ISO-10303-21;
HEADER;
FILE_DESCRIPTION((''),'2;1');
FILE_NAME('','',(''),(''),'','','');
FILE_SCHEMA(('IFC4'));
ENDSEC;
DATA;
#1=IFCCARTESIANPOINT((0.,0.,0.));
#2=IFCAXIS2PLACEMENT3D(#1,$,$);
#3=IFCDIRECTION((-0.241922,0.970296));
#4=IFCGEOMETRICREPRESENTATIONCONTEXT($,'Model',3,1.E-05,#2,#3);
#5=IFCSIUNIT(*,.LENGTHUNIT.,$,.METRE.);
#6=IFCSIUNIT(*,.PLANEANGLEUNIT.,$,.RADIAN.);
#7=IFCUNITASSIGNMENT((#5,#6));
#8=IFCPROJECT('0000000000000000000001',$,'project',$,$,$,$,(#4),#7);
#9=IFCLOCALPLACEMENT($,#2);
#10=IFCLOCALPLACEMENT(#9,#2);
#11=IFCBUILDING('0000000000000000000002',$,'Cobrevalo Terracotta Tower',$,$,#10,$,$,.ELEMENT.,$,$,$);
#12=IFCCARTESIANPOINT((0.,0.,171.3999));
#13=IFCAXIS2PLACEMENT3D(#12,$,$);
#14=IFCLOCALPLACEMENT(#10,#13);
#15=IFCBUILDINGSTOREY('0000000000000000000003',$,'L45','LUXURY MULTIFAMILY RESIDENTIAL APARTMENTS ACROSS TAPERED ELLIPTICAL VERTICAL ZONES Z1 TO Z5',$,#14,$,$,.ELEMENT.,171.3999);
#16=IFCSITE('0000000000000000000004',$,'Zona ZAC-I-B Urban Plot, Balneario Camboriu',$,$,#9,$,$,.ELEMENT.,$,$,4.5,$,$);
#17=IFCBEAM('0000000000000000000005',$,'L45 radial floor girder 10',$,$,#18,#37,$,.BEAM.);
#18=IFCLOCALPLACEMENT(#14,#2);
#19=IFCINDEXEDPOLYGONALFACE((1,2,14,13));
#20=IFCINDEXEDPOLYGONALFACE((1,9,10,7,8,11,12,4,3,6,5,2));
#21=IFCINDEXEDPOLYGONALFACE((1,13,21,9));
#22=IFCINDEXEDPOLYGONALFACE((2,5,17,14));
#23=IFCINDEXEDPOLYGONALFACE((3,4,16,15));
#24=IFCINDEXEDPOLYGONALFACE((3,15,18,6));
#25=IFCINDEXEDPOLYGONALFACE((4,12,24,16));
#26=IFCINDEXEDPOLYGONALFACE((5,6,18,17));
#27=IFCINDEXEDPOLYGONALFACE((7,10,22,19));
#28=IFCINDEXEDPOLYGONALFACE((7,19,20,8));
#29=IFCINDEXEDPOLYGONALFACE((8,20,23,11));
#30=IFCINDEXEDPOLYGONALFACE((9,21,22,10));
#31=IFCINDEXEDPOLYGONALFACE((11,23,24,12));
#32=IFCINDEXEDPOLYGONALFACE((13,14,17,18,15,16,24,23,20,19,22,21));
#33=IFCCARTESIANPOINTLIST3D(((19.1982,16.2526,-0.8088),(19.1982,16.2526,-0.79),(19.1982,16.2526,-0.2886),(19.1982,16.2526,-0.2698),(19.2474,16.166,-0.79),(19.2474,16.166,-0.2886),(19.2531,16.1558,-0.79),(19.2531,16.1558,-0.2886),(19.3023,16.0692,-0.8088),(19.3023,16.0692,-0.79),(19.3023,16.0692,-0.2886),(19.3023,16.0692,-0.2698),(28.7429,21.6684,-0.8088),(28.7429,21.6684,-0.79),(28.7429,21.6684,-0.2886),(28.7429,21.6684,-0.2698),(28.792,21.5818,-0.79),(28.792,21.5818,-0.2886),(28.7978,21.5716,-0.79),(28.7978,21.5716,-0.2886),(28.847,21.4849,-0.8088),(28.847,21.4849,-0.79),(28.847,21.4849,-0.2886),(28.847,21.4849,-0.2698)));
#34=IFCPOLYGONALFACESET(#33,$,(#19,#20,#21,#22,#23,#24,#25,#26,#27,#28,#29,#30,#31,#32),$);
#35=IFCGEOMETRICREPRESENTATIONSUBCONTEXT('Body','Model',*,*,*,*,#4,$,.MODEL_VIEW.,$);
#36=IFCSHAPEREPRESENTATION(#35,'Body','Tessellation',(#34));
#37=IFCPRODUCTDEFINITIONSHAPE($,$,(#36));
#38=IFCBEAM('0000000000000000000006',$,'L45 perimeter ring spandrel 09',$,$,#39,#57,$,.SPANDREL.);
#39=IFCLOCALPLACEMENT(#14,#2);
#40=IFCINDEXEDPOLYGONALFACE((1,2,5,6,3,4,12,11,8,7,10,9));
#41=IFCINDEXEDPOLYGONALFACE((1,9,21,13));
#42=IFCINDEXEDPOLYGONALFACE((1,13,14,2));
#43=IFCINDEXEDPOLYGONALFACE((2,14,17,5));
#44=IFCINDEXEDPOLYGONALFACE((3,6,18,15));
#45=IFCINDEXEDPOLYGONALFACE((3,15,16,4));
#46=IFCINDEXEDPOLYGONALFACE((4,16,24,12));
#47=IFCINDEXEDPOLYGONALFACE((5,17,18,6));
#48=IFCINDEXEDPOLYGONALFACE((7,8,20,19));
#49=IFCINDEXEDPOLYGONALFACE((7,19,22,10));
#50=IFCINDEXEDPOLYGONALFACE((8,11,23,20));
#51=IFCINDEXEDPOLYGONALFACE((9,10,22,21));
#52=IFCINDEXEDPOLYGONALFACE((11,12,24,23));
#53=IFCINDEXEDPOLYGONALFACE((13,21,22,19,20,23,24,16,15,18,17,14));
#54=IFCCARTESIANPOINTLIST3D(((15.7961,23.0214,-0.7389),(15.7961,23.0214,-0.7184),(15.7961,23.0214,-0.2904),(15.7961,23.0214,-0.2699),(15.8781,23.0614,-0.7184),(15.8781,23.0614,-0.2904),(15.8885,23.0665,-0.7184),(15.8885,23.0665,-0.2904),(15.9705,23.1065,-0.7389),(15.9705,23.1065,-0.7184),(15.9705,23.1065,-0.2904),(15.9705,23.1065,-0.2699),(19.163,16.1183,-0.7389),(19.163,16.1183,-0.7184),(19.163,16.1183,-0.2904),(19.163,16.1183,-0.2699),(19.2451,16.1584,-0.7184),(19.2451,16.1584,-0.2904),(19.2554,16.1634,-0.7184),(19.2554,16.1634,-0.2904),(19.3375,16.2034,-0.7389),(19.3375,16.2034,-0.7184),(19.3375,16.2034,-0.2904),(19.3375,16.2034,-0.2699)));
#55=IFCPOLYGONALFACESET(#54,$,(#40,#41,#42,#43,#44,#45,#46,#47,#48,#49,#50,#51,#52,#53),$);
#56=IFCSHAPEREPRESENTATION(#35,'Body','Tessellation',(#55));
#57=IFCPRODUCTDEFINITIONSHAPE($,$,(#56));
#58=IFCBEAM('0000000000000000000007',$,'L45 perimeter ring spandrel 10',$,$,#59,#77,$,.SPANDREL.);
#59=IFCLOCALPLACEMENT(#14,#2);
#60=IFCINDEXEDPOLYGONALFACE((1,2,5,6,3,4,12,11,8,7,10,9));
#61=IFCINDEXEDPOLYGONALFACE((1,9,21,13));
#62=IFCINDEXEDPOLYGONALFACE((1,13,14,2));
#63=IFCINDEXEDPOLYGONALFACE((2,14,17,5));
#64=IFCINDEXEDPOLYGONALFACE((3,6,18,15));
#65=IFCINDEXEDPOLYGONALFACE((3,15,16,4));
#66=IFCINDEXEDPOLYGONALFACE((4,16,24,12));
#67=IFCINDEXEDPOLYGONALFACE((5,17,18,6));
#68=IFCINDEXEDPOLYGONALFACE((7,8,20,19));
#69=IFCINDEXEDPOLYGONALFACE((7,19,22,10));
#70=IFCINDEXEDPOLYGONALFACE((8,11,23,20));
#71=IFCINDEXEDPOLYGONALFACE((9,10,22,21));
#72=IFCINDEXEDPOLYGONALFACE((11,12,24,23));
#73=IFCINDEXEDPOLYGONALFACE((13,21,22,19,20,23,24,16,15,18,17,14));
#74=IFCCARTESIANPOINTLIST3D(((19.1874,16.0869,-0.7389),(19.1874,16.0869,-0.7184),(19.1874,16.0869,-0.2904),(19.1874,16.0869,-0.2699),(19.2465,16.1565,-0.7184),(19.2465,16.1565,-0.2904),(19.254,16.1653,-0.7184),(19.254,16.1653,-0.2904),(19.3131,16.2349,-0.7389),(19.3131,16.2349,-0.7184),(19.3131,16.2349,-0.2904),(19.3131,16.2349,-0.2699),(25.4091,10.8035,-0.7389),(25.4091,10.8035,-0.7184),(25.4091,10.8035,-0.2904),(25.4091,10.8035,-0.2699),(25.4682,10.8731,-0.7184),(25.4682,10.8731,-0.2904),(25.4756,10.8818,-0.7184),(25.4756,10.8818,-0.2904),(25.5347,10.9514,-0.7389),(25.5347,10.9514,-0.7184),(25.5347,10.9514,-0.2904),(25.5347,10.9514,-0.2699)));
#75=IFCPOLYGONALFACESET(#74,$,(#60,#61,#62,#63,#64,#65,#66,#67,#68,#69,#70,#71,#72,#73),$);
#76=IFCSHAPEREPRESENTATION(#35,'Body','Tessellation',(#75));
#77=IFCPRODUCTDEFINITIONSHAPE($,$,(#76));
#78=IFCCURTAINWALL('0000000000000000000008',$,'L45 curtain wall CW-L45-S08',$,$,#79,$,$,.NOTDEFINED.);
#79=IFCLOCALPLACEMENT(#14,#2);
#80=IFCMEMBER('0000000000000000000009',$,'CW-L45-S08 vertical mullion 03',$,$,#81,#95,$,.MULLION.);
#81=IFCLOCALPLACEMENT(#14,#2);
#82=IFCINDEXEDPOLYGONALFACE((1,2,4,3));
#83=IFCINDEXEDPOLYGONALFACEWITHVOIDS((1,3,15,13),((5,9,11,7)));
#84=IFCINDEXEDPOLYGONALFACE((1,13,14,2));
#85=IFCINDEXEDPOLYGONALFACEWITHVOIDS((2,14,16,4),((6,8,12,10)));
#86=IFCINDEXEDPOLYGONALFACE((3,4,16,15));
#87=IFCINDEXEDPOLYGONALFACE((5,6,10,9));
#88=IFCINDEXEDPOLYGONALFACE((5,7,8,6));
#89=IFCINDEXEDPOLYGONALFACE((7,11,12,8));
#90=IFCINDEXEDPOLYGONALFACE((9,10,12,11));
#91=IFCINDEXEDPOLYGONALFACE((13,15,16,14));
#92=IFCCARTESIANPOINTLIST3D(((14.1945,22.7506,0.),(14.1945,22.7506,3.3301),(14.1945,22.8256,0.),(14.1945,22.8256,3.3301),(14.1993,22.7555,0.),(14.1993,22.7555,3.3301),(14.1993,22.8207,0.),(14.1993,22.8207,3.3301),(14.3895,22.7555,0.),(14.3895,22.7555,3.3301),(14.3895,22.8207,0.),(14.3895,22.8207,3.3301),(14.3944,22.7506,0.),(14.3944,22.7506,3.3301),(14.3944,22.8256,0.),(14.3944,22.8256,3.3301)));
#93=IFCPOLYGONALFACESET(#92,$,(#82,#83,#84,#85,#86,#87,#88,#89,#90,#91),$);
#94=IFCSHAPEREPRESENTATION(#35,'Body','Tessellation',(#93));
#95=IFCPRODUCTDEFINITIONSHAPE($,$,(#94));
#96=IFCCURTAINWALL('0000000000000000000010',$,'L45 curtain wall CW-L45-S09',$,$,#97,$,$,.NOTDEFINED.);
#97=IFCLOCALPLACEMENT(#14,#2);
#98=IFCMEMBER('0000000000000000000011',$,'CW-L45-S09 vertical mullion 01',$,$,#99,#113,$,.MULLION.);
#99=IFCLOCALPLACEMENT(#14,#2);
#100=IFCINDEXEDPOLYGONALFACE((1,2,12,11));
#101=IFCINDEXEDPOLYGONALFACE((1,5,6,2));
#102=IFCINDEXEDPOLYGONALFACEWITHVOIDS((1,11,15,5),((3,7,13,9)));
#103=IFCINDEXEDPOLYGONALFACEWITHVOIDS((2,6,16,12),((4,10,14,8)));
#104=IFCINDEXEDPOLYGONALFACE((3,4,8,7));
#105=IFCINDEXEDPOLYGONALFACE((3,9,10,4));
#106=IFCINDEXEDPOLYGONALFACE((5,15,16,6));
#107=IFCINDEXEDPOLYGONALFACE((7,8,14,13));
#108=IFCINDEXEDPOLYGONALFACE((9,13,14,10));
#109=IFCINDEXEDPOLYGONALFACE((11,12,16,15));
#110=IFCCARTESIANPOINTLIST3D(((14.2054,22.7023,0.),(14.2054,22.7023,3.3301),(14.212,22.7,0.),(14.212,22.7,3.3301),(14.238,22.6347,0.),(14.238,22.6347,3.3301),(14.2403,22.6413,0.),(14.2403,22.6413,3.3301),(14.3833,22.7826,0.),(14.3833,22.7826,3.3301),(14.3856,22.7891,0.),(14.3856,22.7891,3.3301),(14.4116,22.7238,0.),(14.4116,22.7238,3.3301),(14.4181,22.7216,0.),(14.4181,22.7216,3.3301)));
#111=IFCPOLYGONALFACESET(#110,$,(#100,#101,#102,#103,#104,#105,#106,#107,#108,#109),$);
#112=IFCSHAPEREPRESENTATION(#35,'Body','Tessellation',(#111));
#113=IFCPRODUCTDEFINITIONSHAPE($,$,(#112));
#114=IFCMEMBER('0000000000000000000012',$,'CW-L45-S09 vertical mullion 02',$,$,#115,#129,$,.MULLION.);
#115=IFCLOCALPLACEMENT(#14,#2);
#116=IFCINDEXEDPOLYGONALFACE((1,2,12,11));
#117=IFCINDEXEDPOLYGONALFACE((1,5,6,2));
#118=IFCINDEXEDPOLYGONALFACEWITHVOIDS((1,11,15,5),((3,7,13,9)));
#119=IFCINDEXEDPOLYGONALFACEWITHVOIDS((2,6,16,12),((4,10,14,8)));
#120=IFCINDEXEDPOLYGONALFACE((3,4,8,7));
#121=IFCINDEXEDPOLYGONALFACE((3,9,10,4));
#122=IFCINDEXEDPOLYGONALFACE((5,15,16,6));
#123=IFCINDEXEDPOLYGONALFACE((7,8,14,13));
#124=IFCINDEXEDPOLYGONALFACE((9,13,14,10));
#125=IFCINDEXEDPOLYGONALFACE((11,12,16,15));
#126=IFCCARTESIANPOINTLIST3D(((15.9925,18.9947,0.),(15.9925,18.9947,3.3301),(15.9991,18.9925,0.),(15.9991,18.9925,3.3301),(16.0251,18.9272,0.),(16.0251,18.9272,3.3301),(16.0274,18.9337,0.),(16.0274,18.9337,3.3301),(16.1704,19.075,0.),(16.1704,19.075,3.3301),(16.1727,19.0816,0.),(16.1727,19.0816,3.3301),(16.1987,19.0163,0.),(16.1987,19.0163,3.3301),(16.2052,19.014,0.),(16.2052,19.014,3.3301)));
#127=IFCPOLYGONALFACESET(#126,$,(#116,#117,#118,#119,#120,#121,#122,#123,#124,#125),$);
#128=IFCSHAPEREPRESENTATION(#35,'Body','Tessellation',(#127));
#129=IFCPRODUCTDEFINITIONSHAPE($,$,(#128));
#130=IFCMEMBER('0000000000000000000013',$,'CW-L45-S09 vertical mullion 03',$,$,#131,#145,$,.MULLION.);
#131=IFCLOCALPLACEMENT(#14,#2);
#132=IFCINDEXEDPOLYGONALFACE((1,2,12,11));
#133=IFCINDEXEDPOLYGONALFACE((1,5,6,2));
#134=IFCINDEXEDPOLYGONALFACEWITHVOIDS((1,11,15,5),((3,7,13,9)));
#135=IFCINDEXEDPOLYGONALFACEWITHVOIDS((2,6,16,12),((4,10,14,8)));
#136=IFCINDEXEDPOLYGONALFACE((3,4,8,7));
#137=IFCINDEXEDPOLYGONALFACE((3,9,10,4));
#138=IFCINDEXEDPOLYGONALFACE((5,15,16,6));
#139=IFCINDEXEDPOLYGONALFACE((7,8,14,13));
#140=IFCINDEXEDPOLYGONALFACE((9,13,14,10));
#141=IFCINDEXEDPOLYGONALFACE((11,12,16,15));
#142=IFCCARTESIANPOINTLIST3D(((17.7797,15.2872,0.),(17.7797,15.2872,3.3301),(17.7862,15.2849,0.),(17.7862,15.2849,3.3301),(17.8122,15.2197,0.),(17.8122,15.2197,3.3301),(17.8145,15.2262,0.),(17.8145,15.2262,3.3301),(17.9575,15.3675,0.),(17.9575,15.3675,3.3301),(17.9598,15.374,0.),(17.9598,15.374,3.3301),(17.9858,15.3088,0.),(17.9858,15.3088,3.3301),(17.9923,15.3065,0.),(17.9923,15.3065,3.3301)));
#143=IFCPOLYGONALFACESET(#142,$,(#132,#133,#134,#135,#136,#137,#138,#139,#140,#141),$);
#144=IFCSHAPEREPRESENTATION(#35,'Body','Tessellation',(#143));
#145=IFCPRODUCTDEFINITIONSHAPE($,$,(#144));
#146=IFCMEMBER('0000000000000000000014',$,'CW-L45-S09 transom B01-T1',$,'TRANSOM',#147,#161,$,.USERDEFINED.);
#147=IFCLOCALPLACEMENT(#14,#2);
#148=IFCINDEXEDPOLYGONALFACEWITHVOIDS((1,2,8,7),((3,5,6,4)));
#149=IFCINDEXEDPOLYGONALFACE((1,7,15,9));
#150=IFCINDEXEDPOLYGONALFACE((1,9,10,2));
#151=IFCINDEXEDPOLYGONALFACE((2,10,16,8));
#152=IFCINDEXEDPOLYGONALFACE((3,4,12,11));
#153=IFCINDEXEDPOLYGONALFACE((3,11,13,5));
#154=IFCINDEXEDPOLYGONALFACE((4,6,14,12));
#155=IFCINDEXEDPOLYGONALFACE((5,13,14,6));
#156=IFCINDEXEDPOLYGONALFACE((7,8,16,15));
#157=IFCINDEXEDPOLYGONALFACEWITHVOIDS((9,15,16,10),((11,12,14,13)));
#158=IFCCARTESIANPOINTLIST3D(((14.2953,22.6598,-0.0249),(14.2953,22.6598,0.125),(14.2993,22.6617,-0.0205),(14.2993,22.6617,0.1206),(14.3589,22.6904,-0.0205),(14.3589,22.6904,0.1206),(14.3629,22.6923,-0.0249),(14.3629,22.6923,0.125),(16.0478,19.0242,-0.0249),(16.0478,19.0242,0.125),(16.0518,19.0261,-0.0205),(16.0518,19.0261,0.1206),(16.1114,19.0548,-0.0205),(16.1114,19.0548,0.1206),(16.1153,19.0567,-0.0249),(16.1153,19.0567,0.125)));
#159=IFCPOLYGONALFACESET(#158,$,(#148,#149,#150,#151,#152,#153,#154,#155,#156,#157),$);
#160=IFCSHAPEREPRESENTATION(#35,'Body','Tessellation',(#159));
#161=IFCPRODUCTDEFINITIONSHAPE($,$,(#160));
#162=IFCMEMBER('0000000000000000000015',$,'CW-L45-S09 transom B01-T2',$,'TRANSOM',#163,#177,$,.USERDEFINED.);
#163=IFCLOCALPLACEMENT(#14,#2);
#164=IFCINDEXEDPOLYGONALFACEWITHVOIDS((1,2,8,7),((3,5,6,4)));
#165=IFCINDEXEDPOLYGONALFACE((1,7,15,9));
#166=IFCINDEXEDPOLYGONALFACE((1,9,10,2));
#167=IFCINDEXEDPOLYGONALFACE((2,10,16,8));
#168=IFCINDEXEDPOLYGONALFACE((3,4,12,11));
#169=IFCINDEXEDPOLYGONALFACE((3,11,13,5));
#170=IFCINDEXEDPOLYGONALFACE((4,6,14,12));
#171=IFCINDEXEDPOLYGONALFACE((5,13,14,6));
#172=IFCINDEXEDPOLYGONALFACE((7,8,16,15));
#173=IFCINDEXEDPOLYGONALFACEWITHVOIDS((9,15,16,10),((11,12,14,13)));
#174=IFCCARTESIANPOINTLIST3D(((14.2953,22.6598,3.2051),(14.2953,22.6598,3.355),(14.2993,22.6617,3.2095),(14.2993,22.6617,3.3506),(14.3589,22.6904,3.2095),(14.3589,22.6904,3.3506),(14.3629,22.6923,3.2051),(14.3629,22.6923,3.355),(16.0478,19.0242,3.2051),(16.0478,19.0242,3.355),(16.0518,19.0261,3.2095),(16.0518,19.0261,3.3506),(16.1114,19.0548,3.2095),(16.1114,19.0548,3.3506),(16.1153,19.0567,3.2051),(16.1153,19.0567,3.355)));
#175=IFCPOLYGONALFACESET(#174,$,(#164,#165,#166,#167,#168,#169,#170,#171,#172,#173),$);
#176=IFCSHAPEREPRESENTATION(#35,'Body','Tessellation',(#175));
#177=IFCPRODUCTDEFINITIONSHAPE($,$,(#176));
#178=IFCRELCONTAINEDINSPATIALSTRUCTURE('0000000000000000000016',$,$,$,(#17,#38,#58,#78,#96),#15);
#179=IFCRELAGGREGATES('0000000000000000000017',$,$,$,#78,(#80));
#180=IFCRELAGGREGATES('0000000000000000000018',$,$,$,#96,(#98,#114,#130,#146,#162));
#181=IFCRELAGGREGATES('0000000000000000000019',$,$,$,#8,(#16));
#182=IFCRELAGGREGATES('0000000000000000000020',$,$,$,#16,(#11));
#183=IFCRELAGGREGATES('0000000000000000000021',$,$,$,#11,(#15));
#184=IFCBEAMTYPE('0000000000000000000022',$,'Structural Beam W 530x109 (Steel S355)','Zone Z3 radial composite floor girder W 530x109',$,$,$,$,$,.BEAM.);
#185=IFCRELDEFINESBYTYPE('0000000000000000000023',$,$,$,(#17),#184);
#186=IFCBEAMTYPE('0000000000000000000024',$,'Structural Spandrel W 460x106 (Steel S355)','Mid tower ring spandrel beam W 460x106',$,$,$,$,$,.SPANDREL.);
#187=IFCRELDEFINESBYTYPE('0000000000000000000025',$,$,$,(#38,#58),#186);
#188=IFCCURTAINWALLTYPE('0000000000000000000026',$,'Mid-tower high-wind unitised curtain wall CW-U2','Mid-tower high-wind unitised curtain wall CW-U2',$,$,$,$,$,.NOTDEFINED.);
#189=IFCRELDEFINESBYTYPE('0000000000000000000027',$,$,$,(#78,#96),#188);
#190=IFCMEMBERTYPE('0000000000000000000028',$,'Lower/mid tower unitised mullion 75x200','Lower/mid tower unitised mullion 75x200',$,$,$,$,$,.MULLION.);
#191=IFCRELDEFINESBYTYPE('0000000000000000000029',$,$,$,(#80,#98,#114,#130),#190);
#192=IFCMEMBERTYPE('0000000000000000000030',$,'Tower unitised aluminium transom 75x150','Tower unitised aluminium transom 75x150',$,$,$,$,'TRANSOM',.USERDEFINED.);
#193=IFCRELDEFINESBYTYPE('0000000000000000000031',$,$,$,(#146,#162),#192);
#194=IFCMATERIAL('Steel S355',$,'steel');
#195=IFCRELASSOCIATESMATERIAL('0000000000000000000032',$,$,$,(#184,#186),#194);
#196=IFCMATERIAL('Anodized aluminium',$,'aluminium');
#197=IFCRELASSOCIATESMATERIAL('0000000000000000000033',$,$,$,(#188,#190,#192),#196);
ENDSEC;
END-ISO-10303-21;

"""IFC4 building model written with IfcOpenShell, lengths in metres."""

from ifc_helpers import new_model, si_unit, direction, frame, origin, origin_2d, place, context, subcontext, project, spatial, hollow_rectangle, i_section, extrude, source, transform, mapped, material, material_profile, profile_set, type_object, element, aggregate, save


model = new_model("IFC4")

# Units and contexts
model_context = context("Model", 3, precision=1e-05, world=origin(), true_north=direction((-0.241922, 0.970296)))
body_context = subcontext(model_context, "Body", "Model", "MODEL_VIEW")
ifc_project = project(units=[si_unit("LENGTHUNIT", "METRE"), si_unit("PLANEANGLEUNIT", "RADIAN")], contexts=[model_context])

# Site, building, storey
site_placement = place(None, origin())
site = spatial("IfcSite", under=ifc_project, at=site_placement, Name="Zona ZAC-I-B Urban Plot, Balneario Camboriu", CompositionType="ELEMENT", RefElevation=4.5)
building_placement = place(site_placement, origin())
building = spatial("IfcBuilding", under=site, at=building_placement, Name="Cobrevalo Terracotta Tower", CompositionType="ELEMENT")
storey_placement = place(building_placement, frame((0.0, 0.0, 171.3999)))
storey = spatial("IfcBuildingStorey", under=building, at=storey_placement, Name="L45", Description="LUXURY MULTIFAMILY RESIDENTIAL APARTMENTS ACROSS TAPERED ELLIPTICAL VERTICAL ZONES Z1 TO Z5", CompositionType="ELEMENT", Elevation=171.3999)

# Shared definitions
ifc_material_1 = material(Name="Steel S355", Category="steel")

# Beams
ifc_material_profile_1 = material_profile(ifc_material_1, i_section(OverallWidth=0.2109, OverallDepth=0.5391, WebThickness=0.0117, FlangeThickness=0.0188, at=origin_2d()), Name="W 530x109")
ifc_profile_set_1 = profile_set([ifc_material_profile_1], Name="Steel S355")
beam_type_1 = type_object("IfcBeamType", Name="Structural Beam W 530x109 (Steel S355)", Description="Zone Z3 radial composite floor girder W 530x109", PredefinedType="BEAM", material=ifc_profile_set_1)
beam_1_placement = place(storey_placement, frame((19.2502, 16.1609, -0.5393), z_axis=(0.869744, 0.493504, 0.0), x_axis=(-0.493504, 0.869744, 0.0)))
element("IfcBeam", 1, at=beam_1_placement, inside=storey, type_object=beam_type_1, Name="L45 radial floor girder 10", PredefinedType="BEAM", context=body_context, shape_type="SweptSolid", body=[
    extrude(i_section(OverallWidth=0.2109, OverallDepth=0.5391, WebThickness=0.0117, FlangeThickness=0.0188, at=origin_2d()), origin(), (0.0, 0.0, 1.0), 10.9741),
])
ifc_material_profile_2 = material_profile(ifc_material_1, i_section(OverallWidth=0.1941, OverallDepth=0.469, WebThickness=0.0115, FlangeThickness=0.0205, at=origin_2d()), Name="W 460x106")
ifc_profile_set_2 = profile_set([ifc_material_profile_2], Name="Steel S355")
beam_type_2 = type_object("IfcBeamType", Name="Structural Spandrel W 460x106 (Steel S355)", Description="Mid tower ring spandrel beam W 460x106", PredefinedType="SPANDREL", material=ifc_profile_set_2)
beam_2_placement = place(storey_placement, frame((15.8833, 23.064, -0.5044), z_axis=(0.43838, -0.89879, 0.0), x_axis=(0.89879, 0.43838, 0.0)))
element("IfcBeam", 2, at=beam_2_placement, inside=storey, type_object=beam_type_2, Name="L45 perimeter ring spandrel 09", PredefinedType="SPANDREL", context=body_context, shape_type="SweptSolid", body=[
    extrude(i_section(OverallWidth=0.1941, OverallDepth=0.469, WebThickness=0.0115, FlangeThickness=0.0205, at=origin_2d()), origin(), (0.0, 0.0, 1.0), 7.6804),
])
beam_3_placement = place(storey_placement, frame((19.2502, 16.1609, -0.5044), z_axis=(0.76224, -0.647294, 0.0), x_axis=(0.647294, 0.76224, 0.0)))
element("IfcBeam", 3, at=beam_3_placement, inside=storey, type_object=beam_type_2, Name="L45 perimeter ring spandrel 10", PredefinedType="SPANDREL", context=body_context, shape_type="SweptSolid", body=[
    extrude(i_section(OverallWidth=0.1941, OverallDepth=0.469, WebThickness=0.0115, FlangeThickness=0.0205, at=origin_2d()), origin(), (0.0, 0.0, 1.0), 8.1624),
])

# Curtain wall, member
ifc_material_2 = material(Name="Anodized aluminium", Category="aluminium")
curtain_wall_type = type_object("IfcCurtainWallType", Name="Mid-tower high-wind unitised curtain wall CW-U2", Description="Mid-tower high-wind unitised curtain wall CW-U2", PredefinedType="NOTDEFINED", material=ifc_material_2)
curtain_wall_1_placement = place(storey_placement, origin())
curtain_wall_1 = element("IfcCurtainWall", 4, at=curtain_wall_1_placement, inside=storey, type_object=curtain_wall_type, Name="L45 curtain wall CW-L45-S08", PredefinedType="NOTDEFINED")
ifc_material_profile_3 = material_profile(ifc_material_2, hollow_rectangle(XDim=0.075, YDim=0.2, WallThickness=0.0049, at=origin_2d()), Name="CWM 75x200")
ifc_profile_set_3 = profile_set([ifc_material_profile_3], Name="Anodized aluminium")
member_type_1 = type_object("IfcMemberType", Name="Lower/mid tower unitised mullion 75x200", Description="Lower/mid tower unitised mullion 75x200", PredefinedType="MULLION", material=ifc_profile_set_3)
shared_shape_1 = source(origin(), body_context, "Body", "SweptSolid", [
    extrude(hollow_rectangle(XDim=0.075, YDim=0.2, WallThickness=0.0049, at=origin_2d()), origin(), (0.0, 0.0, 1.0), 3.3301),
])
member_1_placement = place(storey_placement, frame((14.2944, 22.7881, 0.0), z_axis=(0.0, 0.0, 1.0), x_axis=(0.0, -1.0, 0.0)))
member_1 = element("IfcMember", 5, at=member_1_placement, type_object=member_type_1, Name="CW-L45-S08 vertical mullion 03", PredefinedType="MULLION", context=body_context, shape_type="MappedRepresentation", body=[
    mapped(shared_shape_1, transform((0.0, 0.0, 0.0), scale=1.0)),
])
aggregate(curtain_wall_1, [member_1])

# Curtain wall, members
curtain_wall_2_placement = place(storey_placement, origin())
curtain_wall_2 = element("IfcCurtainWall", 6, at=curtain_wall_2_placement, inside=storey, type_object=curtain_wall_type, Name="L45 curtain wall CW-L45-S09", PredefinedType="NOTDEFINED")
member_2_placement = place(storey_placement, frame((14.3118, 22.7119, 0.0), z_axis=(0.0, 0.0, 1.0), x_axis=(0.434209, -0.900812, 0.0)))
member_2 = element("IfcMember", 7, at=member_2_placement, type_object=member_type_1, Name="CW-L45-S09 vertical mullion 01", PredefinedType="MULLION", context=body_context, shape_type="MappedRepresentation", body=[
    mapped(shared_shape_1, transform((0.0, 0.0, 0.0), scale=1.0)),
])
member_3_placement = place(storey_placement, frame((16.0989, 19.0044, 0.0), z_axis=(0.0, 0.0, 1.0), x_axis=(0.434209, -0.900812, 0.0)))
member_3 = element("IfcMember", 8, at=member_3_placement, type_object=member_type_1, Name="CW-L45-S09 vertical mullion 02", PredefinedType="MULLION", context=body_context, shape_type="MappedRepresentation", body=[
    mapped(shared_shape_1, transform((0.0, 0.0, 0.0), scale=1.0)),
])
member_4_placement = place(storey_placement, frame((17.886, 15.2969, 0.0), z_axis=(0.0, 0.0, 1.0), x_axis=(0.434209, -0.900812, 0.0)))
member_4 = element("IfcMember", 9, at=member_4_placement, type_object=member_type_1, Name="CW-L45-S09 vertical mullion 03", PredefinedType="MULLION", context=body_context, shape_type="MappedRepresentation", body=[
    mapped(shared_shape_1, transform((0.0, 0.0, 0.0), scale=1.0)),
])
ifc_material_profile_4 = material_profile(ifc_material_2, hollow_rectangle(XDim=0.075, YDim=0.1499, WallThickness=0.0044, at=origin_2d()), Name="CWT 75x150")
ifc_profile_set_4 = profile_set([ifc_material_profile_4], Name="Anodized aluminium")
member_type_2 = type_object("IfcMemberType", Name="Tower unitised aluminium transom 75x150", Description="Tower unitised aluminium transom 75x150", ElementType="TRANSOM", PredefinedType="USERDEFINED", material=ifc_profile_set_4)
shared_shape_2 = source(origin(), body_context, "Body", "SweptSolid", [
    extrude(hollow_rectangle(XDim=0.075, YDim=0.1499, WallThickness=0.0044, at=origin_2d()), origin(), (0.0, 0.0, 1.0), 4.0359),
])
member_5_placement = place(storey_placement, frame((14.3291, 22.676, 0.05), z_axis=(0.434221, -0.900806, 0.0), x_axis=(0.900806, 0.434221, 0.0)))
member_5 = element("IfcMember", 10, at=member_5_placement, type_object=member_type_2, Name="CW-L45-S09 transom B01-T1", ObjectType="TRANSOM", PredefinedType="USERDEFINED", context=body_context, shape_type="MappedRepresentation", body=[
    mapped(shared_shape_2, transform((0.0, 0.0, 0.0), scale=1.0)),
])
member_6_placement = place(storey_placement, frame((14.3291, 22.676, 3.28), z_axis=(0.434221, -0.900806, 0.0), x_axis=(0.900806, 0.434221, 0.0)))
member_6 = element("IfcMember", 11, at=member_6_placement, type_object=member_type_2, Name="CW-L45-S09 transom B01-T2", ObjectType="TRANSOM", PredefinedType="USERDEFINED", context=body_context, shape_type="MappedRepresentation", body=[
    mapped(shared_shape_2, transform((0.0, 0.0, 0.0), scale=1.0)),
])

aggregate(curtain_wall_2, [member_2, member_3, member_4, member_5, member_6])

save(model, "model.ifc")
